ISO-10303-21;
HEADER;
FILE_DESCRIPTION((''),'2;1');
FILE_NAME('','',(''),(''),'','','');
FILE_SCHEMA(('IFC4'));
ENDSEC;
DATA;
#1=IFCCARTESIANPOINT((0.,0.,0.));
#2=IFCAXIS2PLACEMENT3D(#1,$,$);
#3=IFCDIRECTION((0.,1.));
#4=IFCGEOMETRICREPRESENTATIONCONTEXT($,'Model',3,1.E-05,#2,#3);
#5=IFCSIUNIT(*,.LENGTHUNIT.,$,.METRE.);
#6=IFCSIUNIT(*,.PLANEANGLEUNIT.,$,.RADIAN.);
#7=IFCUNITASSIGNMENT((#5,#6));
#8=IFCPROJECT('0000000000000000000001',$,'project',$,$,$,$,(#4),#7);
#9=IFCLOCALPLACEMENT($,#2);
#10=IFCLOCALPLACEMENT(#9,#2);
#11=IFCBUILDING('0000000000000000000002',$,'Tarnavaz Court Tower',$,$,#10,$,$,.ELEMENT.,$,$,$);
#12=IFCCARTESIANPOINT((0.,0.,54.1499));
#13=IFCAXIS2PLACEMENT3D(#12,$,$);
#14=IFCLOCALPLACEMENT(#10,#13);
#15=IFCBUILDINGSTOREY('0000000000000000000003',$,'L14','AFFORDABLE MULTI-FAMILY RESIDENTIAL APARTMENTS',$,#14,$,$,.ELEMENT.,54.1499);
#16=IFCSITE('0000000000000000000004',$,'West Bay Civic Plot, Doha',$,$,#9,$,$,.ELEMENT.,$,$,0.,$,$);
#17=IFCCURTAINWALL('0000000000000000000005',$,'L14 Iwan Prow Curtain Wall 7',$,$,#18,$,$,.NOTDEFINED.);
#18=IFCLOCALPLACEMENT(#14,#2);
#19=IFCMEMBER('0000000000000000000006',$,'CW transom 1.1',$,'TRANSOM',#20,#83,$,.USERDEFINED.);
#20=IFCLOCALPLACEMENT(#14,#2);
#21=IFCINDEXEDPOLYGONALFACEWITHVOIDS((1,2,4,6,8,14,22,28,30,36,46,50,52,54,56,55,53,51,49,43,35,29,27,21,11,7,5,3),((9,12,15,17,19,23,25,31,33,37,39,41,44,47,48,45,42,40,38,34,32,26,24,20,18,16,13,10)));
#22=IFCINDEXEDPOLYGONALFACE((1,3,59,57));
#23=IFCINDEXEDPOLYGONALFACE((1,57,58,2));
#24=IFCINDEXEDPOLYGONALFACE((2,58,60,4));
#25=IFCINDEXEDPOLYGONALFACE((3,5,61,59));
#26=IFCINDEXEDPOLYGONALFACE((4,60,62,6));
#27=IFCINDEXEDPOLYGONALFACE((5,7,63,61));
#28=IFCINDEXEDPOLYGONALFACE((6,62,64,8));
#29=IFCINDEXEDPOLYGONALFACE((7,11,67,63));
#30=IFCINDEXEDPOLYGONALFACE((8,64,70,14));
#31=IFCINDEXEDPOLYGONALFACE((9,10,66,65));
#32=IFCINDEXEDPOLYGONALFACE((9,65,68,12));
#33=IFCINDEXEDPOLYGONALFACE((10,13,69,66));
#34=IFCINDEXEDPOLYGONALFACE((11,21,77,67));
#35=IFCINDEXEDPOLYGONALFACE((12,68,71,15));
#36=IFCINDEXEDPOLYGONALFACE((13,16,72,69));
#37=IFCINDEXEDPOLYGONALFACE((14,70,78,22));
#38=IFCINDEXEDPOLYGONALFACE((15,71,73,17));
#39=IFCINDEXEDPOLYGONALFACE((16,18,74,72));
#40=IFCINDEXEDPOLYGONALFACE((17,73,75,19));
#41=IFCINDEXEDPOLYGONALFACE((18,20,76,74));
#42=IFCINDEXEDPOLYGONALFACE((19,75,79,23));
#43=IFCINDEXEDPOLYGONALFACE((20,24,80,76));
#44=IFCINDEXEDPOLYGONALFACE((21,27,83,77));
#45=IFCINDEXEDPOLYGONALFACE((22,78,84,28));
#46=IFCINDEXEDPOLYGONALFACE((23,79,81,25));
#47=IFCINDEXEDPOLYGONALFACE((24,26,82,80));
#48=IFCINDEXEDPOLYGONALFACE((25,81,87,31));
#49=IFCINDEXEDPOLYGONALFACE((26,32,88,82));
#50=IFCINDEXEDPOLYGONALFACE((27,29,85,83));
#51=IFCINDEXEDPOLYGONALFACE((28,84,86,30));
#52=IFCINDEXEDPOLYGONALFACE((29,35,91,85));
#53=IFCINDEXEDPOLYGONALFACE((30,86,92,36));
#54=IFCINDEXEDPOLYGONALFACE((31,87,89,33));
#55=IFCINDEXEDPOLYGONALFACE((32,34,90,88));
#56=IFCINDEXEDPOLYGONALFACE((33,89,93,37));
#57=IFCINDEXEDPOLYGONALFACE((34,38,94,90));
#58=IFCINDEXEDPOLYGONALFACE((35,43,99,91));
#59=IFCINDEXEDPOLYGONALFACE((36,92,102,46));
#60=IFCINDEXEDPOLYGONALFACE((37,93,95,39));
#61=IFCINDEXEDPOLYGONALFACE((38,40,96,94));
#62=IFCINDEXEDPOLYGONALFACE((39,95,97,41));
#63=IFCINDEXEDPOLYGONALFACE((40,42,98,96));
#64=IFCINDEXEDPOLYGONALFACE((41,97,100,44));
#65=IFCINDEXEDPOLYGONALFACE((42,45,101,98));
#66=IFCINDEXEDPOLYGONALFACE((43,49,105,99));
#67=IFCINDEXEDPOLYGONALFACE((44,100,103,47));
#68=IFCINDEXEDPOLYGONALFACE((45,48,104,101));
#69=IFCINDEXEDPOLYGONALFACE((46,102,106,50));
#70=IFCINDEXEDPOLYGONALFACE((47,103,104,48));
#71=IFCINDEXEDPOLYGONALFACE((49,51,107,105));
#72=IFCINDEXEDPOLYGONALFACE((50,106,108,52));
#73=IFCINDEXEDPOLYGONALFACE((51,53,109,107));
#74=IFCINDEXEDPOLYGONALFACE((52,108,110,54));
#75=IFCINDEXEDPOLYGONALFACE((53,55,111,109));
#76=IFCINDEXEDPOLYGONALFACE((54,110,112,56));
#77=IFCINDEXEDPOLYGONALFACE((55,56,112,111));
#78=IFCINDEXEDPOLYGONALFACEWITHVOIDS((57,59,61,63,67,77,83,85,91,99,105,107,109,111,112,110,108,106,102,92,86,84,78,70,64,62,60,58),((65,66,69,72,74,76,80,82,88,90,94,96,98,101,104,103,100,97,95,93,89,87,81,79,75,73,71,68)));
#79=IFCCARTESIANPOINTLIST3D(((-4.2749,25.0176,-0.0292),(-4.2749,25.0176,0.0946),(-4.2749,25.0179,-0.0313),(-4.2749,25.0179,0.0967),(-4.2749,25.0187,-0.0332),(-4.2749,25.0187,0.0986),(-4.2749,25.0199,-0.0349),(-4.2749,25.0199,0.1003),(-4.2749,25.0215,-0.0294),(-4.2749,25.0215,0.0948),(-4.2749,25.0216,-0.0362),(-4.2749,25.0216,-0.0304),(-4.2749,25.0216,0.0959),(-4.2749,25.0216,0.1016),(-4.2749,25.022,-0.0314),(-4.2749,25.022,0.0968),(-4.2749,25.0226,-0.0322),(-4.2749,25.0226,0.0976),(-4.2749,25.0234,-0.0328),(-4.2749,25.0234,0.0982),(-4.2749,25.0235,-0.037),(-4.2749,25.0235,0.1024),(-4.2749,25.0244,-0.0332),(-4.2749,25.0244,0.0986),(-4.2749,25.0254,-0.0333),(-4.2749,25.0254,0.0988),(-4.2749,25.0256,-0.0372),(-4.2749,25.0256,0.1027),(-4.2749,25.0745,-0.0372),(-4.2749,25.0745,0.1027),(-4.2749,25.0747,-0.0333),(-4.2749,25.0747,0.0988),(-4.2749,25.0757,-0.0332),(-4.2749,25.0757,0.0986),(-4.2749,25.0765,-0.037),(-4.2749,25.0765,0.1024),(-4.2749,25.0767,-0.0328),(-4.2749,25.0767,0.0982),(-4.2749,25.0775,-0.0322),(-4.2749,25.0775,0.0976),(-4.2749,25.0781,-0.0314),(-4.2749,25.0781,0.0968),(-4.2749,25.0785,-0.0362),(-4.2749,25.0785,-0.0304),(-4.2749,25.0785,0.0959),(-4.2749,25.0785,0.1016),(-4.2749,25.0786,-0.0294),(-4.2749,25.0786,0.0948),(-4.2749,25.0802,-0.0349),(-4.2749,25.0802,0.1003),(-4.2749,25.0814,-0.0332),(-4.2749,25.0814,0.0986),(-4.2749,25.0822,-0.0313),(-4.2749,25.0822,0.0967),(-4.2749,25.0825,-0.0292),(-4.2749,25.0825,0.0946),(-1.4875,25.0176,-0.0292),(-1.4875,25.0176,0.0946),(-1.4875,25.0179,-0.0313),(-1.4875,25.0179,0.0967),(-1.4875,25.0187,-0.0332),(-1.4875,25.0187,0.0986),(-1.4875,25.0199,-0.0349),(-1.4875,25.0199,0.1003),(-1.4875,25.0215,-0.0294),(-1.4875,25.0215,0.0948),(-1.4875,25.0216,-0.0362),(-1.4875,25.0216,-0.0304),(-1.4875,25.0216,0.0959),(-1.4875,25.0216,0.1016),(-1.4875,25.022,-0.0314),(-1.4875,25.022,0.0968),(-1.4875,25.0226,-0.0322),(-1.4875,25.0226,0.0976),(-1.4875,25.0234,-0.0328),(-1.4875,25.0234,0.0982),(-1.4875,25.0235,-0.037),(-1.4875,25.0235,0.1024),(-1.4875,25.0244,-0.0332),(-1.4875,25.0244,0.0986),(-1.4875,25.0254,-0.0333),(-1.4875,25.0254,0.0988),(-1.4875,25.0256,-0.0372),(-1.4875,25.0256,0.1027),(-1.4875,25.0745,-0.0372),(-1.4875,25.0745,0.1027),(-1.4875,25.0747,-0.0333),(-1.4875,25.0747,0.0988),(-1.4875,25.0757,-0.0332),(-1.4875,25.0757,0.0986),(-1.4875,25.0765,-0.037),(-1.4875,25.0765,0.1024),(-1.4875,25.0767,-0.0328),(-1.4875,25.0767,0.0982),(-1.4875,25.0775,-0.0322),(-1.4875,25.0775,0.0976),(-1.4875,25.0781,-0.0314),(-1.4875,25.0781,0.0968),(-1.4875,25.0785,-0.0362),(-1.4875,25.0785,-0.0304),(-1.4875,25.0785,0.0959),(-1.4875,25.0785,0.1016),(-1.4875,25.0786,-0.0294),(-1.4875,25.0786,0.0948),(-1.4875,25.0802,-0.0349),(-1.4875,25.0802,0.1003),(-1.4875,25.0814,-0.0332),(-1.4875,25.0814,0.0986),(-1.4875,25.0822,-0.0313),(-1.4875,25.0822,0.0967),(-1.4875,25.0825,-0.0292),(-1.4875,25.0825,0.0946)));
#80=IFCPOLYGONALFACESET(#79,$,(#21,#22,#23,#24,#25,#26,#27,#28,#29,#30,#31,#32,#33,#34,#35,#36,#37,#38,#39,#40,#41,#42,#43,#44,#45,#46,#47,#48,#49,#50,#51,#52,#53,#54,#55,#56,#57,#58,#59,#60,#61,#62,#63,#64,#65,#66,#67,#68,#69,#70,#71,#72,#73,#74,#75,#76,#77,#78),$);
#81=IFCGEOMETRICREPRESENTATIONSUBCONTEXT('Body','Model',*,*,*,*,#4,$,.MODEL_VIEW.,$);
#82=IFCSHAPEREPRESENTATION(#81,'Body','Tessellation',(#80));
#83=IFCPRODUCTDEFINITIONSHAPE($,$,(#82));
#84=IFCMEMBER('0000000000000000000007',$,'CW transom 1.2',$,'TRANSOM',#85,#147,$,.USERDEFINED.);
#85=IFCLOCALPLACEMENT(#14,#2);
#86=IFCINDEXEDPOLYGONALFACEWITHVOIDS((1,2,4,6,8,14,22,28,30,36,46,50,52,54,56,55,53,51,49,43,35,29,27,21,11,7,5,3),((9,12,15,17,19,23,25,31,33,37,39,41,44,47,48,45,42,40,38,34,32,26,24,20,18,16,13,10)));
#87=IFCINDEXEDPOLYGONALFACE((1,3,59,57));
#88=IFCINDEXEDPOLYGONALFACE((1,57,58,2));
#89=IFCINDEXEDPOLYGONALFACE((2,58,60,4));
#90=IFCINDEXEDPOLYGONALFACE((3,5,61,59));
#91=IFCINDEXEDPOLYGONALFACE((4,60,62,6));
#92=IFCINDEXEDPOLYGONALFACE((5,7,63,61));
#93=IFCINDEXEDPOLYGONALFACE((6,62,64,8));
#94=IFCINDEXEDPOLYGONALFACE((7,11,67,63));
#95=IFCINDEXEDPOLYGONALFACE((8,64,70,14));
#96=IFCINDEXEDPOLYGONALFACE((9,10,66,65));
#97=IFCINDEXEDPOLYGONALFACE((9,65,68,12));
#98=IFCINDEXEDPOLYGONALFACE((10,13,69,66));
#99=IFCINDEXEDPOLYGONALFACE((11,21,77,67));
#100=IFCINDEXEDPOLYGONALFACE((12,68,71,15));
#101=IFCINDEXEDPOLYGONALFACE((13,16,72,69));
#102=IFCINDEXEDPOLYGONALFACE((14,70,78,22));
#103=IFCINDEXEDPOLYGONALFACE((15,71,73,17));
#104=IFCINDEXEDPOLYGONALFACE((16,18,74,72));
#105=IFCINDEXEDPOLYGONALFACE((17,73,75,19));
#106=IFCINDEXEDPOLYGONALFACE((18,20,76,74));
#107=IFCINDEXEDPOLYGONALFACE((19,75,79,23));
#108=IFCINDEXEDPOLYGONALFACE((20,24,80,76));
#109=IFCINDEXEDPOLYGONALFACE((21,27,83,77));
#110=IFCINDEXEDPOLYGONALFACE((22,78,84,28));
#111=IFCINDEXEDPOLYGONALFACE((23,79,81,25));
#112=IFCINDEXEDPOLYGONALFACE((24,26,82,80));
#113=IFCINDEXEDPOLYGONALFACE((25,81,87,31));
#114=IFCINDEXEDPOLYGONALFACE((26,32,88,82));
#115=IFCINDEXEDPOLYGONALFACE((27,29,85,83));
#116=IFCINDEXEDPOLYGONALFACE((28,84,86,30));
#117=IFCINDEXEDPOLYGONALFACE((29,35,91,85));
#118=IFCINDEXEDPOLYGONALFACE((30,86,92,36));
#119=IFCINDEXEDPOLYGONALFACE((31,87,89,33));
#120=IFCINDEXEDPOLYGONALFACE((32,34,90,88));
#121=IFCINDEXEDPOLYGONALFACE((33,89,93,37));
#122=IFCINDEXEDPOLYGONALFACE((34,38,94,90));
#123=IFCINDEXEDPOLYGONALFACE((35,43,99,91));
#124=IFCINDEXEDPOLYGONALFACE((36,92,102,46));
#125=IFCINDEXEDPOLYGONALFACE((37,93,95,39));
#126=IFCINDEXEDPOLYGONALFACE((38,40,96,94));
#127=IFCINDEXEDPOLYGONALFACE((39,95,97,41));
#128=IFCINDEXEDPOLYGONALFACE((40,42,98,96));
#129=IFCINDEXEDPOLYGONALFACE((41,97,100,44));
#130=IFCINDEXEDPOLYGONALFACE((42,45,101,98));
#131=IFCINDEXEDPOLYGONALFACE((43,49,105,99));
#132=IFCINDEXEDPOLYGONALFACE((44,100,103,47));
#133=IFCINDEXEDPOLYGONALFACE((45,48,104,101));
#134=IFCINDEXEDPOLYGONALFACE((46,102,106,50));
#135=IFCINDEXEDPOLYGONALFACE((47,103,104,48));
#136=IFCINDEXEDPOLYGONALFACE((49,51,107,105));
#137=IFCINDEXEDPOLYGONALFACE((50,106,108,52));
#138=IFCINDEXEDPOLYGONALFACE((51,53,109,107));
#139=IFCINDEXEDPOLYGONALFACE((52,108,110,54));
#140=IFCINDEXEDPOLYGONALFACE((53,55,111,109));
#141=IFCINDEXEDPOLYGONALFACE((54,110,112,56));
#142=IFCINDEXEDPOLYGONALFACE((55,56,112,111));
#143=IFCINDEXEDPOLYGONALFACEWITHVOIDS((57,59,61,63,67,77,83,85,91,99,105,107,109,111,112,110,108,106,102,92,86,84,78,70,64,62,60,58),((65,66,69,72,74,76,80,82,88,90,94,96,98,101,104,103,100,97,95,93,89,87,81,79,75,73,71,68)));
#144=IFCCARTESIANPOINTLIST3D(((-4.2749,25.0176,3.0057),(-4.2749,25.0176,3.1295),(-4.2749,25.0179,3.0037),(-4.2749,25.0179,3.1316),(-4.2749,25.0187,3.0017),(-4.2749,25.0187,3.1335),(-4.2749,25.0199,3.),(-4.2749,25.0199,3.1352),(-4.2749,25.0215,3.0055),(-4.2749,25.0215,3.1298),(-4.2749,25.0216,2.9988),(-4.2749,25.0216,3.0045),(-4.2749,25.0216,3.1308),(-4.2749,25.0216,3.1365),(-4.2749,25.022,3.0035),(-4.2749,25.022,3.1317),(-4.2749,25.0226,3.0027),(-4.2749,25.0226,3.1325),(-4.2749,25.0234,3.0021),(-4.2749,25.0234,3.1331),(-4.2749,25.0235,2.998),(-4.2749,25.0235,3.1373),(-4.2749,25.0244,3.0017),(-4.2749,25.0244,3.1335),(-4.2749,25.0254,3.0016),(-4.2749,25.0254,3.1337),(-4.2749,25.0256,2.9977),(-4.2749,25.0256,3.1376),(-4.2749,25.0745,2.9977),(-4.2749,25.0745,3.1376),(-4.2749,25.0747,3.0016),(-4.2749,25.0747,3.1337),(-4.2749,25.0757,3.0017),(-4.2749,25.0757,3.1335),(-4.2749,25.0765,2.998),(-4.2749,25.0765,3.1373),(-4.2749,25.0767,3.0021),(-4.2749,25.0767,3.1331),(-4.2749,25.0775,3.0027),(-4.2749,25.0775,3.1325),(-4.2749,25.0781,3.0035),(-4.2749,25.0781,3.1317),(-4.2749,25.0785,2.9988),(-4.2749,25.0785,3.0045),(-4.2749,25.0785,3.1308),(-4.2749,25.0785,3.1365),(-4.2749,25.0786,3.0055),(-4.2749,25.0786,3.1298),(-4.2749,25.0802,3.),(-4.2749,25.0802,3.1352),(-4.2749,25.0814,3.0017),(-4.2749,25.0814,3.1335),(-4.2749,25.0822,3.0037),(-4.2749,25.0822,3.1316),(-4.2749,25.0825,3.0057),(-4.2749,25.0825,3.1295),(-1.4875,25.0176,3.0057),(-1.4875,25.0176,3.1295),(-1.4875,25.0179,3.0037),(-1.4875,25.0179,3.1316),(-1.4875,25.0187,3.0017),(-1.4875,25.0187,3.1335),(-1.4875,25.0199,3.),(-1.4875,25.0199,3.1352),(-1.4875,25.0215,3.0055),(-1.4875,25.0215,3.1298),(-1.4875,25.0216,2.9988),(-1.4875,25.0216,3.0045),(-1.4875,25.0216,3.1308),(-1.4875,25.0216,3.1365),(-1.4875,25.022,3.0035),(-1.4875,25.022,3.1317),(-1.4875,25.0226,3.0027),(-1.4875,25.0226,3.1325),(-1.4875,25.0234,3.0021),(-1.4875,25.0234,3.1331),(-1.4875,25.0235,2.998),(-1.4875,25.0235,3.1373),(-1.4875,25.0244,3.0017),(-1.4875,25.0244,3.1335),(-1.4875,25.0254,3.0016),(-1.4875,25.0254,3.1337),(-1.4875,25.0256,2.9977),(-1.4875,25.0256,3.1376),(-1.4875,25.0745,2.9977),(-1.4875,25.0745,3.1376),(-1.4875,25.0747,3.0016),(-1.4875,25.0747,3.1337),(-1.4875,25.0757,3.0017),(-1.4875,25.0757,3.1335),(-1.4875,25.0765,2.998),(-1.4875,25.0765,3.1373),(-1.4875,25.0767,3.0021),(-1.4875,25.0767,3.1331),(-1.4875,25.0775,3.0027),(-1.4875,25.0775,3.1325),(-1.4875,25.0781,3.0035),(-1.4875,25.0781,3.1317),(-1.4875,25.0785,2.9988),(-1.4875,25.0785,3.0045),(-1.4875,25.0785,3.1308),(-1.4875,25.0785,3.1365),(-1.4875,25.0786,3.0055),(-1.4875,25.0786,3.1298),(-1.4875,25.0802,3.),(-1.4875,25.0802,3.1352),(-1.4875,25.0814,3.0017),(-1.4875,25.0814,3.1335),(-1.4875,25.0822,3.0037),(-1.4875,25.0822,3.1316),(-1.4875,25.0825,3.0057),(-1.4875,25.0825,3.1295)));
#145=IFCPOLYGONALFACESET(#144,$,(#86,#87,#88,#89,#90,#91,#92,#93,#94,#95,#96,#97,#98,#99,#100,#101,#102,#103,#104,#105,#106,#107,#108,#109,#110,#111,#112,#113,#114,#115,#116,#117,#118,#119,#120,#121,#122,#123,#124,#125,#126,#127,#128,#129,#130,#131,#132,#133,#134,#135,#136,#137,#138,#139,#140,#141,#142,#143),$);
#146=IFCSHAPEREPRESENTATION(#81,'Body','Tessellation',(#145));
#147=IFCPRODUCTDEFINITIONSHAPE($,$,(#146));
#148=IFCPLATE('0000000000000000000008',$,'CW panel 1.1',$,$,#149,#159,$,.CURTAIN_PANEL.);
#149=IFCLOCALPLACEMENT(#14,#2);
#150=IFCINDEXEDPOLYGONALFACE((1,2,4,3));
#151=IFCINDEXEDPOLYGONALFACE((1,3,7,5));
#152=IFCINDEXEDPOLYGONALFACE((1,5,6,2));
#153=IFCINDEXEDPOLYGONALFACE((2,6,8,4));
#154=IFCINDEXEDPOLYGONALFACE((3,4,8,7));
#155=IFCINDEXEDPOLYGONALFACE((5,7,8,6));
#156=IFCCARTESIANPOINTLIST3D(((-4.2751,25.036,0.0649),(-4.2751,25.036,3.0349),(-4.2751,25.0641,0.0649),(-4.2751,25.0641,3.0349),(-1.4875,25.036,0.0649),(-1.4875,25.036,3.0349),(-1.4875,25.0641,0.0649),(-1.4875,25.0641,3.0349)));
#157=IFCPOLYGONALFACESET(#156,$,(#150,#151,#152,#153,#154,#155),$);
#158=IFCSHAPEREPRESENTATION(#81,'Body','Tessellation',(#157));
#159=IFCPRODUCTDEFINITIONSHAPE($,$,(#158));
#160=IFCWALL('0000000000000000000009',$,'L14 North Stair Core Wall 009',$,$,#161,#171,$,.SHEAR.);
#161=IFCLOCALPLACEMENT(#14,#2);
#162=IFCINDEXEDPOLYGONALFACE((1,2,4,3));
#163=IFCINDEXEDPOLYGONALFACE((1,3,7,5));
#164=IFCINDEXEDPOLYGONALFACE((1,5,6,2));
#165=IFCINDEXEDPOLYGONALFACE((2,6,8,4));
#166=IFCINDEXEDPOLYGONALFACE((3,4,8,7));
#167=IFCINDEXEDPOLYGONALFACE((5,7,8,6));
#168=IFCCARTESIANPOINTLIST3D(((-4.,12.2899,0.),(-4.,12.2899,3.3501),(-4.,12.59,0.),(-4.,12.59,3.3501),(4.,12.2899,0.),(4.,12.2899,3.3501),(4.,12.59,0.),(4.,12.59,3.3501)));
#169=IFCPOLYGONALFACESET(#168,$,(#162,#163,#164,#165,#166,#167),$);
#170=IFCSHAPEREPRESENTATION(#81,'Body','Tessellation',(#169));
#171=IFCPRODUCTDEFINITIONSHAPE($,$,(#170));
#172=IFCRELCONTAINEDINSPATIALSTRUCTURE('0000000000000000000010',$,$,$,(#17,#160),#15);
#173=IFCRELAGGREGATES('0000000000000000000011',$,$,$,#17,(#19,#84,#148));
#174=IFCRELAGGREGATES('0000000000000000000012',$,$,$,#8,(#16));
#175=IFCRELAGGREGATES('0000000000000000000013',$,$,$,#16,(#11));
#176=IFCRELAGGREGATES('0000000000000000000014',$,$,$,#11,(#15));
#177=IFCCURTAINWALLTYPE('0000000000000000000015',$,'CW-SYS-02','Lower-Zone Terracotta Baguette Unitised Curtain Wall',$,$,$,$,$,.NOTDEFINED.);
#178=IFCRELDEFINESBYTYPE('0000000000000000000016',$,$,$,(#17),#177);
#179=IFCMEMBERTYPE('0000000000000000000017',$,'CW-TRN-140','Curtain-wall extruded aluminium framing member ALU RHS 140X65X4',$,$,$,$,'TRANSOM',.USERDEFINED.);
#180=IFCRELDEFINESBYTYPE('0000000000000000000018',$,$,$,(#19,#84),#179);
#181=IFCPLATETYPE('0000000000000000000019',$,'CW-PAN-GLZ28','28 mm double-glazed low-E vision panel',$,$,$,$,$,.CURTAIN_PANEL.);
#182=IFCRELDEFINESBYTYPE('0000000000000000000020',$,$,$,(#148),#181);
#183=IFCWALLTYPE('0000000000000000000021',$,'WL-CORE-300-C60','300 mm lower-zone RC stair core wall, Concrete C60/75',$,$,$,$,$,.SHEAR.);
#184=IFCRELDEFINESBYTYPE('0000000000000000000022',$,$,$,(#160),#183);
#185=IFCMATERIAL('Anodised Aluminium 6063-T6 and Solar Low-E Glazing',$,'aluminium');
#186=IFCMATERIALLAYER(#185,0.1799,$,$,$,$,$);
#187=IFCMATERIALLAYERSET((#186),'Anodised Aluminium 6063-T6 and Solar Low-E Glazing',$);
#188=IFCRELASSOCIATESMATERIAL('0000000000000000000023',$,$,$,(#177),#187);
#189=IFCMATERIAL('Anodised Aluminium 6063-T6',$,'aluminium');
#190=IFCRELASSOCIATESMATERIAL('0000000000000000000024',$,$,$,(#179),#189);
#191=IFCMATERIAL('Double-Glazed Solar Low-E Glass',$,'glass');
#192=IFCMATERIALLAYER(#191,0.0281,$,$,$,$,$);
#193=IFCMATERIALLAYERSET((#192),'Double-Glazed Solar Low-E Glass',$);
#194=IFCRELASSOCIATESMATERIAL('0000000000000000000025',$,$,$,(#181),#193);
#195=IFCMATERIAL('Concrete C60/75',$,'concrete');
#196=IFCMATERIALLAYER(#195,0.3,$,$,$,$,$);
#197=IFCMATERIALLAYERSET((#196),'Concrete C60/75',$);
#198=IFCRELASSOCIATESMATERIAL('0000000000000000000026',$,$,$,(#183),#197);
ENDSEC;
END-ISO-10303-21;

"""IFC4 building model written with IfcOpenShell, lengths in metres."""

from ifc_helpers import new_model, si_unit, direction, frame, frame_2d, origin, origin_2d, place, context, subcontext, project, spatial, rectangle, hollow_rectangle, extrude, material, layer, layer_set, material_profile, profile_set, type_object, element, aggregate, save


model = new_model("IFC4")

# Units and contexts
model_context = context("Model", 3, precision=1e-05, world=origin(), true_north=direction((0.0, 1.0)))
body_context = subcontext(model_context, "Body", "Model", "MODEL_VIEW")
ifc_project = project(units=[si_unit("LENGTHUNIT", "METRE"), si_unit("PLANEANGLEUNIT", "RADIAN")], contexts=[model_context])

# Site, building, storey
site_placement = place(None, origin())
site = spatial("IfcSite", under=ifc_project, at=site_placement, Name="West Bay Civic Plot, Doha", CompositionType="ELEMENT", RefElevation=0.0)
building_placement = place(site_placement, origin())
building = spatial("IfcBuilding", under=site, at=building_placement, Name="Tarnavaz Court Tower", CompositionType="ELEMENT")
storey_placement = place(building_placement, frame((0.0, 0.0, 54.1499)))
storey = spatial("IfcBuildingStorey", under=building, at=storey_placement, Name="L14", Description="AFFORDABLE MULTI-FAMILY RESIDENTIAL APARTMENTS", CompositionType="ELEMENT", Elevation=54.1499)

# Shared definitions
ifc_material_1 = material(Name="Concrete C60/75", Category="concrete")

# Curtain wall, members, plate
ifc_material_2 = material(Name="Anodised Aluminium 6063-T6 and Solar Low-E Glazing", Category="aluminium")
ifc_layer_1 = layer(ifc_material_2, 0.1799)
ifc_layer_set_1 = layer_set([ifc_layer_1], Name="Anodised Aluminium 6063-T6 and Solar Low-E Glazing")
curtain_wall_type = type_object("IfcCurtainWallType", Name="CW-SYS-02", Description="Lower-Zone Terracotta Baguette Unitised Curtain Wall", PredefinedType="NOTDEFINED", material=ifc_layer_set_1)
curtain_wall_placement = place(storey_placement, origin())
curtain_wall = element("IfcCurtainWall", 1, at=curtain_wall_placement, inside=storey, type_object=curtain_wall_type, Name="L14 Iwan Prow Curtain Wall 7", PredefinedType="NOTDEFINED")
ifc_material_3 = material(Name="Anodised Aluminium 6063-T6", Category="aluminium")
ifc_material_profile_1 = material_profile(ifc_material_3, hollow_rectangle(XDim=0.0649, YDim=0.1399, WallThickness=0.0039, InnerFilletRadius=0.0039, OuterFilletRadius=0.0081, at=origin_2d()), Name="ALU RHS 140X65X4")
ifc_profile_set_1 = profile_set([ifc_material_profile_1], Name="Anodised Aluminium 6063-T6")
member_type_1 = type_object("IfcMemberType", Name="CW-TRN-140", Description="Curtain-wall extruded aluminium framing member ALU RHS 140X65X4", ElementType="TRANSOM", PredefinedType="USERDEFINED", material=ifc_profile_set_1)
member_1_placement = place(storey_placement, frame((-4.2749, 25.05, 0.0327), z_axis=(1.0, 0.0, 0.0), x_axis=(0.0, 1.0, 0.0)))
member_1 = element("IfcMember", 2, at=member_1_placement, type_object=member_type_1, Name="CW transom 1.1", ObjectType="TRANSOM", PredefinedType="USERDEFINED", context=body_context, shape_type="SweptSolid", body=[
    extrude(hollow_rectangle(XDim=0.0649, YDim=0.1399, WallThickness=0.0039, InnerFilletRadius=0.0039, OuterFilletRadius=0.0081, at=origin_2d()), origin(), (0.0, 0.0, 1.0), 2.7874),
])
member_2_placement = place(storey_placement, frame((-4.2749, 25.05, 3.0676), z_axis=(1.0, 0.0, 0.0), x_axis=(0.0, 1.0, 0.0)))
member_2 = element("IfcMember", 3, at=member_2_placement, type_object=member_type_1, Name="CW transom 1.2", ObjectType="TRANSOM", PredefinedType="USERDEFINED", context=body_context, shape_type="SweptSolid", body=[
    extrude(hollow_rectangle(XDim=0.0649, YDim=0.1399, WallThickness=0.0039, InnerFilletRadius=0.0039, OuterFilletRadius=0.0081, at=origin_2d()), origin(), (0.0, 0.0, 1.0), 2.7874),
])
ifc_material_4 = material(Name="Double-Glazed Solar Low-E Glass", Category="glass")
ifc_layer_2 = layer(ifc_material_4, 0.0281)
ifc_layer_set_2 = layer_set([ifc_layer_2], Name="Double-Glazed Solar Low-E Glass")
plate_type = type_object("IfcPlateType", Name="CW-PAN-GLZ28", Description="28 mm double-glazed low-E vision panel", PredefinedType="CURTAIN_PANEL", material=ifc_layer_set_2)
plate_placement = place(storey_placement, frame((-2.8813, 25.05, 0.0649), z_axis=(0.0, 0.0, 1.0), x_axis=(1.0, 0.0, 0.0)))
plate = element("IfcPlate", 4, at=plate_placement, type_object=plate_type, Name="CW panel 1.1", PredefinedType="CURTAIN_PANEL", context=body_context, shape_type="SweptSolid", body=[
    extrude(rectangle(XDim=2.7876, YDim=0.0281, at=origin_2d()), origin(), (0.0, 0.0, 1.0), 2.97),
])
aggregate(curtain_wall, [member_1, member_2, plate])

# Wall
ifc_layer_3 = layer(ifc_material_1, 0.3)
ifc_layer_set_3 = layer_set([ifc_layer_3], Name="Concrete C60/75")
wall_type_1 = type_object("IfcWallType", Name="WL-CORE-300-C60", Description="300 mm lower-zone RC stair core wall, Concrete C60/75", PredefinedType="SHEAR", material=ifc_layer_set_3)
wall_1_placement = place(storey_placement, frame((-4.0, 12.4399, 0.0), z_axis=(0.0, 0.0, 1.0), x_axis=(1.0, 0.0, 0.0)))
element("IfcWall", 5, at=wall_1_placement, inside=storey, type_object=wall_type_1, Name="L14 North Stair Core Wall 009", PredefinedType="SHEAR", context=body_context, shape_type="SweptSolid", body=[
    extrude(rectangle(XDim=8.0, YDim=0.3, at=frame_2d((4.0, 0.0))), origin(), (0.0, 0.0, 1.0), 3.3501),
])

save(model, "model.ifc")
